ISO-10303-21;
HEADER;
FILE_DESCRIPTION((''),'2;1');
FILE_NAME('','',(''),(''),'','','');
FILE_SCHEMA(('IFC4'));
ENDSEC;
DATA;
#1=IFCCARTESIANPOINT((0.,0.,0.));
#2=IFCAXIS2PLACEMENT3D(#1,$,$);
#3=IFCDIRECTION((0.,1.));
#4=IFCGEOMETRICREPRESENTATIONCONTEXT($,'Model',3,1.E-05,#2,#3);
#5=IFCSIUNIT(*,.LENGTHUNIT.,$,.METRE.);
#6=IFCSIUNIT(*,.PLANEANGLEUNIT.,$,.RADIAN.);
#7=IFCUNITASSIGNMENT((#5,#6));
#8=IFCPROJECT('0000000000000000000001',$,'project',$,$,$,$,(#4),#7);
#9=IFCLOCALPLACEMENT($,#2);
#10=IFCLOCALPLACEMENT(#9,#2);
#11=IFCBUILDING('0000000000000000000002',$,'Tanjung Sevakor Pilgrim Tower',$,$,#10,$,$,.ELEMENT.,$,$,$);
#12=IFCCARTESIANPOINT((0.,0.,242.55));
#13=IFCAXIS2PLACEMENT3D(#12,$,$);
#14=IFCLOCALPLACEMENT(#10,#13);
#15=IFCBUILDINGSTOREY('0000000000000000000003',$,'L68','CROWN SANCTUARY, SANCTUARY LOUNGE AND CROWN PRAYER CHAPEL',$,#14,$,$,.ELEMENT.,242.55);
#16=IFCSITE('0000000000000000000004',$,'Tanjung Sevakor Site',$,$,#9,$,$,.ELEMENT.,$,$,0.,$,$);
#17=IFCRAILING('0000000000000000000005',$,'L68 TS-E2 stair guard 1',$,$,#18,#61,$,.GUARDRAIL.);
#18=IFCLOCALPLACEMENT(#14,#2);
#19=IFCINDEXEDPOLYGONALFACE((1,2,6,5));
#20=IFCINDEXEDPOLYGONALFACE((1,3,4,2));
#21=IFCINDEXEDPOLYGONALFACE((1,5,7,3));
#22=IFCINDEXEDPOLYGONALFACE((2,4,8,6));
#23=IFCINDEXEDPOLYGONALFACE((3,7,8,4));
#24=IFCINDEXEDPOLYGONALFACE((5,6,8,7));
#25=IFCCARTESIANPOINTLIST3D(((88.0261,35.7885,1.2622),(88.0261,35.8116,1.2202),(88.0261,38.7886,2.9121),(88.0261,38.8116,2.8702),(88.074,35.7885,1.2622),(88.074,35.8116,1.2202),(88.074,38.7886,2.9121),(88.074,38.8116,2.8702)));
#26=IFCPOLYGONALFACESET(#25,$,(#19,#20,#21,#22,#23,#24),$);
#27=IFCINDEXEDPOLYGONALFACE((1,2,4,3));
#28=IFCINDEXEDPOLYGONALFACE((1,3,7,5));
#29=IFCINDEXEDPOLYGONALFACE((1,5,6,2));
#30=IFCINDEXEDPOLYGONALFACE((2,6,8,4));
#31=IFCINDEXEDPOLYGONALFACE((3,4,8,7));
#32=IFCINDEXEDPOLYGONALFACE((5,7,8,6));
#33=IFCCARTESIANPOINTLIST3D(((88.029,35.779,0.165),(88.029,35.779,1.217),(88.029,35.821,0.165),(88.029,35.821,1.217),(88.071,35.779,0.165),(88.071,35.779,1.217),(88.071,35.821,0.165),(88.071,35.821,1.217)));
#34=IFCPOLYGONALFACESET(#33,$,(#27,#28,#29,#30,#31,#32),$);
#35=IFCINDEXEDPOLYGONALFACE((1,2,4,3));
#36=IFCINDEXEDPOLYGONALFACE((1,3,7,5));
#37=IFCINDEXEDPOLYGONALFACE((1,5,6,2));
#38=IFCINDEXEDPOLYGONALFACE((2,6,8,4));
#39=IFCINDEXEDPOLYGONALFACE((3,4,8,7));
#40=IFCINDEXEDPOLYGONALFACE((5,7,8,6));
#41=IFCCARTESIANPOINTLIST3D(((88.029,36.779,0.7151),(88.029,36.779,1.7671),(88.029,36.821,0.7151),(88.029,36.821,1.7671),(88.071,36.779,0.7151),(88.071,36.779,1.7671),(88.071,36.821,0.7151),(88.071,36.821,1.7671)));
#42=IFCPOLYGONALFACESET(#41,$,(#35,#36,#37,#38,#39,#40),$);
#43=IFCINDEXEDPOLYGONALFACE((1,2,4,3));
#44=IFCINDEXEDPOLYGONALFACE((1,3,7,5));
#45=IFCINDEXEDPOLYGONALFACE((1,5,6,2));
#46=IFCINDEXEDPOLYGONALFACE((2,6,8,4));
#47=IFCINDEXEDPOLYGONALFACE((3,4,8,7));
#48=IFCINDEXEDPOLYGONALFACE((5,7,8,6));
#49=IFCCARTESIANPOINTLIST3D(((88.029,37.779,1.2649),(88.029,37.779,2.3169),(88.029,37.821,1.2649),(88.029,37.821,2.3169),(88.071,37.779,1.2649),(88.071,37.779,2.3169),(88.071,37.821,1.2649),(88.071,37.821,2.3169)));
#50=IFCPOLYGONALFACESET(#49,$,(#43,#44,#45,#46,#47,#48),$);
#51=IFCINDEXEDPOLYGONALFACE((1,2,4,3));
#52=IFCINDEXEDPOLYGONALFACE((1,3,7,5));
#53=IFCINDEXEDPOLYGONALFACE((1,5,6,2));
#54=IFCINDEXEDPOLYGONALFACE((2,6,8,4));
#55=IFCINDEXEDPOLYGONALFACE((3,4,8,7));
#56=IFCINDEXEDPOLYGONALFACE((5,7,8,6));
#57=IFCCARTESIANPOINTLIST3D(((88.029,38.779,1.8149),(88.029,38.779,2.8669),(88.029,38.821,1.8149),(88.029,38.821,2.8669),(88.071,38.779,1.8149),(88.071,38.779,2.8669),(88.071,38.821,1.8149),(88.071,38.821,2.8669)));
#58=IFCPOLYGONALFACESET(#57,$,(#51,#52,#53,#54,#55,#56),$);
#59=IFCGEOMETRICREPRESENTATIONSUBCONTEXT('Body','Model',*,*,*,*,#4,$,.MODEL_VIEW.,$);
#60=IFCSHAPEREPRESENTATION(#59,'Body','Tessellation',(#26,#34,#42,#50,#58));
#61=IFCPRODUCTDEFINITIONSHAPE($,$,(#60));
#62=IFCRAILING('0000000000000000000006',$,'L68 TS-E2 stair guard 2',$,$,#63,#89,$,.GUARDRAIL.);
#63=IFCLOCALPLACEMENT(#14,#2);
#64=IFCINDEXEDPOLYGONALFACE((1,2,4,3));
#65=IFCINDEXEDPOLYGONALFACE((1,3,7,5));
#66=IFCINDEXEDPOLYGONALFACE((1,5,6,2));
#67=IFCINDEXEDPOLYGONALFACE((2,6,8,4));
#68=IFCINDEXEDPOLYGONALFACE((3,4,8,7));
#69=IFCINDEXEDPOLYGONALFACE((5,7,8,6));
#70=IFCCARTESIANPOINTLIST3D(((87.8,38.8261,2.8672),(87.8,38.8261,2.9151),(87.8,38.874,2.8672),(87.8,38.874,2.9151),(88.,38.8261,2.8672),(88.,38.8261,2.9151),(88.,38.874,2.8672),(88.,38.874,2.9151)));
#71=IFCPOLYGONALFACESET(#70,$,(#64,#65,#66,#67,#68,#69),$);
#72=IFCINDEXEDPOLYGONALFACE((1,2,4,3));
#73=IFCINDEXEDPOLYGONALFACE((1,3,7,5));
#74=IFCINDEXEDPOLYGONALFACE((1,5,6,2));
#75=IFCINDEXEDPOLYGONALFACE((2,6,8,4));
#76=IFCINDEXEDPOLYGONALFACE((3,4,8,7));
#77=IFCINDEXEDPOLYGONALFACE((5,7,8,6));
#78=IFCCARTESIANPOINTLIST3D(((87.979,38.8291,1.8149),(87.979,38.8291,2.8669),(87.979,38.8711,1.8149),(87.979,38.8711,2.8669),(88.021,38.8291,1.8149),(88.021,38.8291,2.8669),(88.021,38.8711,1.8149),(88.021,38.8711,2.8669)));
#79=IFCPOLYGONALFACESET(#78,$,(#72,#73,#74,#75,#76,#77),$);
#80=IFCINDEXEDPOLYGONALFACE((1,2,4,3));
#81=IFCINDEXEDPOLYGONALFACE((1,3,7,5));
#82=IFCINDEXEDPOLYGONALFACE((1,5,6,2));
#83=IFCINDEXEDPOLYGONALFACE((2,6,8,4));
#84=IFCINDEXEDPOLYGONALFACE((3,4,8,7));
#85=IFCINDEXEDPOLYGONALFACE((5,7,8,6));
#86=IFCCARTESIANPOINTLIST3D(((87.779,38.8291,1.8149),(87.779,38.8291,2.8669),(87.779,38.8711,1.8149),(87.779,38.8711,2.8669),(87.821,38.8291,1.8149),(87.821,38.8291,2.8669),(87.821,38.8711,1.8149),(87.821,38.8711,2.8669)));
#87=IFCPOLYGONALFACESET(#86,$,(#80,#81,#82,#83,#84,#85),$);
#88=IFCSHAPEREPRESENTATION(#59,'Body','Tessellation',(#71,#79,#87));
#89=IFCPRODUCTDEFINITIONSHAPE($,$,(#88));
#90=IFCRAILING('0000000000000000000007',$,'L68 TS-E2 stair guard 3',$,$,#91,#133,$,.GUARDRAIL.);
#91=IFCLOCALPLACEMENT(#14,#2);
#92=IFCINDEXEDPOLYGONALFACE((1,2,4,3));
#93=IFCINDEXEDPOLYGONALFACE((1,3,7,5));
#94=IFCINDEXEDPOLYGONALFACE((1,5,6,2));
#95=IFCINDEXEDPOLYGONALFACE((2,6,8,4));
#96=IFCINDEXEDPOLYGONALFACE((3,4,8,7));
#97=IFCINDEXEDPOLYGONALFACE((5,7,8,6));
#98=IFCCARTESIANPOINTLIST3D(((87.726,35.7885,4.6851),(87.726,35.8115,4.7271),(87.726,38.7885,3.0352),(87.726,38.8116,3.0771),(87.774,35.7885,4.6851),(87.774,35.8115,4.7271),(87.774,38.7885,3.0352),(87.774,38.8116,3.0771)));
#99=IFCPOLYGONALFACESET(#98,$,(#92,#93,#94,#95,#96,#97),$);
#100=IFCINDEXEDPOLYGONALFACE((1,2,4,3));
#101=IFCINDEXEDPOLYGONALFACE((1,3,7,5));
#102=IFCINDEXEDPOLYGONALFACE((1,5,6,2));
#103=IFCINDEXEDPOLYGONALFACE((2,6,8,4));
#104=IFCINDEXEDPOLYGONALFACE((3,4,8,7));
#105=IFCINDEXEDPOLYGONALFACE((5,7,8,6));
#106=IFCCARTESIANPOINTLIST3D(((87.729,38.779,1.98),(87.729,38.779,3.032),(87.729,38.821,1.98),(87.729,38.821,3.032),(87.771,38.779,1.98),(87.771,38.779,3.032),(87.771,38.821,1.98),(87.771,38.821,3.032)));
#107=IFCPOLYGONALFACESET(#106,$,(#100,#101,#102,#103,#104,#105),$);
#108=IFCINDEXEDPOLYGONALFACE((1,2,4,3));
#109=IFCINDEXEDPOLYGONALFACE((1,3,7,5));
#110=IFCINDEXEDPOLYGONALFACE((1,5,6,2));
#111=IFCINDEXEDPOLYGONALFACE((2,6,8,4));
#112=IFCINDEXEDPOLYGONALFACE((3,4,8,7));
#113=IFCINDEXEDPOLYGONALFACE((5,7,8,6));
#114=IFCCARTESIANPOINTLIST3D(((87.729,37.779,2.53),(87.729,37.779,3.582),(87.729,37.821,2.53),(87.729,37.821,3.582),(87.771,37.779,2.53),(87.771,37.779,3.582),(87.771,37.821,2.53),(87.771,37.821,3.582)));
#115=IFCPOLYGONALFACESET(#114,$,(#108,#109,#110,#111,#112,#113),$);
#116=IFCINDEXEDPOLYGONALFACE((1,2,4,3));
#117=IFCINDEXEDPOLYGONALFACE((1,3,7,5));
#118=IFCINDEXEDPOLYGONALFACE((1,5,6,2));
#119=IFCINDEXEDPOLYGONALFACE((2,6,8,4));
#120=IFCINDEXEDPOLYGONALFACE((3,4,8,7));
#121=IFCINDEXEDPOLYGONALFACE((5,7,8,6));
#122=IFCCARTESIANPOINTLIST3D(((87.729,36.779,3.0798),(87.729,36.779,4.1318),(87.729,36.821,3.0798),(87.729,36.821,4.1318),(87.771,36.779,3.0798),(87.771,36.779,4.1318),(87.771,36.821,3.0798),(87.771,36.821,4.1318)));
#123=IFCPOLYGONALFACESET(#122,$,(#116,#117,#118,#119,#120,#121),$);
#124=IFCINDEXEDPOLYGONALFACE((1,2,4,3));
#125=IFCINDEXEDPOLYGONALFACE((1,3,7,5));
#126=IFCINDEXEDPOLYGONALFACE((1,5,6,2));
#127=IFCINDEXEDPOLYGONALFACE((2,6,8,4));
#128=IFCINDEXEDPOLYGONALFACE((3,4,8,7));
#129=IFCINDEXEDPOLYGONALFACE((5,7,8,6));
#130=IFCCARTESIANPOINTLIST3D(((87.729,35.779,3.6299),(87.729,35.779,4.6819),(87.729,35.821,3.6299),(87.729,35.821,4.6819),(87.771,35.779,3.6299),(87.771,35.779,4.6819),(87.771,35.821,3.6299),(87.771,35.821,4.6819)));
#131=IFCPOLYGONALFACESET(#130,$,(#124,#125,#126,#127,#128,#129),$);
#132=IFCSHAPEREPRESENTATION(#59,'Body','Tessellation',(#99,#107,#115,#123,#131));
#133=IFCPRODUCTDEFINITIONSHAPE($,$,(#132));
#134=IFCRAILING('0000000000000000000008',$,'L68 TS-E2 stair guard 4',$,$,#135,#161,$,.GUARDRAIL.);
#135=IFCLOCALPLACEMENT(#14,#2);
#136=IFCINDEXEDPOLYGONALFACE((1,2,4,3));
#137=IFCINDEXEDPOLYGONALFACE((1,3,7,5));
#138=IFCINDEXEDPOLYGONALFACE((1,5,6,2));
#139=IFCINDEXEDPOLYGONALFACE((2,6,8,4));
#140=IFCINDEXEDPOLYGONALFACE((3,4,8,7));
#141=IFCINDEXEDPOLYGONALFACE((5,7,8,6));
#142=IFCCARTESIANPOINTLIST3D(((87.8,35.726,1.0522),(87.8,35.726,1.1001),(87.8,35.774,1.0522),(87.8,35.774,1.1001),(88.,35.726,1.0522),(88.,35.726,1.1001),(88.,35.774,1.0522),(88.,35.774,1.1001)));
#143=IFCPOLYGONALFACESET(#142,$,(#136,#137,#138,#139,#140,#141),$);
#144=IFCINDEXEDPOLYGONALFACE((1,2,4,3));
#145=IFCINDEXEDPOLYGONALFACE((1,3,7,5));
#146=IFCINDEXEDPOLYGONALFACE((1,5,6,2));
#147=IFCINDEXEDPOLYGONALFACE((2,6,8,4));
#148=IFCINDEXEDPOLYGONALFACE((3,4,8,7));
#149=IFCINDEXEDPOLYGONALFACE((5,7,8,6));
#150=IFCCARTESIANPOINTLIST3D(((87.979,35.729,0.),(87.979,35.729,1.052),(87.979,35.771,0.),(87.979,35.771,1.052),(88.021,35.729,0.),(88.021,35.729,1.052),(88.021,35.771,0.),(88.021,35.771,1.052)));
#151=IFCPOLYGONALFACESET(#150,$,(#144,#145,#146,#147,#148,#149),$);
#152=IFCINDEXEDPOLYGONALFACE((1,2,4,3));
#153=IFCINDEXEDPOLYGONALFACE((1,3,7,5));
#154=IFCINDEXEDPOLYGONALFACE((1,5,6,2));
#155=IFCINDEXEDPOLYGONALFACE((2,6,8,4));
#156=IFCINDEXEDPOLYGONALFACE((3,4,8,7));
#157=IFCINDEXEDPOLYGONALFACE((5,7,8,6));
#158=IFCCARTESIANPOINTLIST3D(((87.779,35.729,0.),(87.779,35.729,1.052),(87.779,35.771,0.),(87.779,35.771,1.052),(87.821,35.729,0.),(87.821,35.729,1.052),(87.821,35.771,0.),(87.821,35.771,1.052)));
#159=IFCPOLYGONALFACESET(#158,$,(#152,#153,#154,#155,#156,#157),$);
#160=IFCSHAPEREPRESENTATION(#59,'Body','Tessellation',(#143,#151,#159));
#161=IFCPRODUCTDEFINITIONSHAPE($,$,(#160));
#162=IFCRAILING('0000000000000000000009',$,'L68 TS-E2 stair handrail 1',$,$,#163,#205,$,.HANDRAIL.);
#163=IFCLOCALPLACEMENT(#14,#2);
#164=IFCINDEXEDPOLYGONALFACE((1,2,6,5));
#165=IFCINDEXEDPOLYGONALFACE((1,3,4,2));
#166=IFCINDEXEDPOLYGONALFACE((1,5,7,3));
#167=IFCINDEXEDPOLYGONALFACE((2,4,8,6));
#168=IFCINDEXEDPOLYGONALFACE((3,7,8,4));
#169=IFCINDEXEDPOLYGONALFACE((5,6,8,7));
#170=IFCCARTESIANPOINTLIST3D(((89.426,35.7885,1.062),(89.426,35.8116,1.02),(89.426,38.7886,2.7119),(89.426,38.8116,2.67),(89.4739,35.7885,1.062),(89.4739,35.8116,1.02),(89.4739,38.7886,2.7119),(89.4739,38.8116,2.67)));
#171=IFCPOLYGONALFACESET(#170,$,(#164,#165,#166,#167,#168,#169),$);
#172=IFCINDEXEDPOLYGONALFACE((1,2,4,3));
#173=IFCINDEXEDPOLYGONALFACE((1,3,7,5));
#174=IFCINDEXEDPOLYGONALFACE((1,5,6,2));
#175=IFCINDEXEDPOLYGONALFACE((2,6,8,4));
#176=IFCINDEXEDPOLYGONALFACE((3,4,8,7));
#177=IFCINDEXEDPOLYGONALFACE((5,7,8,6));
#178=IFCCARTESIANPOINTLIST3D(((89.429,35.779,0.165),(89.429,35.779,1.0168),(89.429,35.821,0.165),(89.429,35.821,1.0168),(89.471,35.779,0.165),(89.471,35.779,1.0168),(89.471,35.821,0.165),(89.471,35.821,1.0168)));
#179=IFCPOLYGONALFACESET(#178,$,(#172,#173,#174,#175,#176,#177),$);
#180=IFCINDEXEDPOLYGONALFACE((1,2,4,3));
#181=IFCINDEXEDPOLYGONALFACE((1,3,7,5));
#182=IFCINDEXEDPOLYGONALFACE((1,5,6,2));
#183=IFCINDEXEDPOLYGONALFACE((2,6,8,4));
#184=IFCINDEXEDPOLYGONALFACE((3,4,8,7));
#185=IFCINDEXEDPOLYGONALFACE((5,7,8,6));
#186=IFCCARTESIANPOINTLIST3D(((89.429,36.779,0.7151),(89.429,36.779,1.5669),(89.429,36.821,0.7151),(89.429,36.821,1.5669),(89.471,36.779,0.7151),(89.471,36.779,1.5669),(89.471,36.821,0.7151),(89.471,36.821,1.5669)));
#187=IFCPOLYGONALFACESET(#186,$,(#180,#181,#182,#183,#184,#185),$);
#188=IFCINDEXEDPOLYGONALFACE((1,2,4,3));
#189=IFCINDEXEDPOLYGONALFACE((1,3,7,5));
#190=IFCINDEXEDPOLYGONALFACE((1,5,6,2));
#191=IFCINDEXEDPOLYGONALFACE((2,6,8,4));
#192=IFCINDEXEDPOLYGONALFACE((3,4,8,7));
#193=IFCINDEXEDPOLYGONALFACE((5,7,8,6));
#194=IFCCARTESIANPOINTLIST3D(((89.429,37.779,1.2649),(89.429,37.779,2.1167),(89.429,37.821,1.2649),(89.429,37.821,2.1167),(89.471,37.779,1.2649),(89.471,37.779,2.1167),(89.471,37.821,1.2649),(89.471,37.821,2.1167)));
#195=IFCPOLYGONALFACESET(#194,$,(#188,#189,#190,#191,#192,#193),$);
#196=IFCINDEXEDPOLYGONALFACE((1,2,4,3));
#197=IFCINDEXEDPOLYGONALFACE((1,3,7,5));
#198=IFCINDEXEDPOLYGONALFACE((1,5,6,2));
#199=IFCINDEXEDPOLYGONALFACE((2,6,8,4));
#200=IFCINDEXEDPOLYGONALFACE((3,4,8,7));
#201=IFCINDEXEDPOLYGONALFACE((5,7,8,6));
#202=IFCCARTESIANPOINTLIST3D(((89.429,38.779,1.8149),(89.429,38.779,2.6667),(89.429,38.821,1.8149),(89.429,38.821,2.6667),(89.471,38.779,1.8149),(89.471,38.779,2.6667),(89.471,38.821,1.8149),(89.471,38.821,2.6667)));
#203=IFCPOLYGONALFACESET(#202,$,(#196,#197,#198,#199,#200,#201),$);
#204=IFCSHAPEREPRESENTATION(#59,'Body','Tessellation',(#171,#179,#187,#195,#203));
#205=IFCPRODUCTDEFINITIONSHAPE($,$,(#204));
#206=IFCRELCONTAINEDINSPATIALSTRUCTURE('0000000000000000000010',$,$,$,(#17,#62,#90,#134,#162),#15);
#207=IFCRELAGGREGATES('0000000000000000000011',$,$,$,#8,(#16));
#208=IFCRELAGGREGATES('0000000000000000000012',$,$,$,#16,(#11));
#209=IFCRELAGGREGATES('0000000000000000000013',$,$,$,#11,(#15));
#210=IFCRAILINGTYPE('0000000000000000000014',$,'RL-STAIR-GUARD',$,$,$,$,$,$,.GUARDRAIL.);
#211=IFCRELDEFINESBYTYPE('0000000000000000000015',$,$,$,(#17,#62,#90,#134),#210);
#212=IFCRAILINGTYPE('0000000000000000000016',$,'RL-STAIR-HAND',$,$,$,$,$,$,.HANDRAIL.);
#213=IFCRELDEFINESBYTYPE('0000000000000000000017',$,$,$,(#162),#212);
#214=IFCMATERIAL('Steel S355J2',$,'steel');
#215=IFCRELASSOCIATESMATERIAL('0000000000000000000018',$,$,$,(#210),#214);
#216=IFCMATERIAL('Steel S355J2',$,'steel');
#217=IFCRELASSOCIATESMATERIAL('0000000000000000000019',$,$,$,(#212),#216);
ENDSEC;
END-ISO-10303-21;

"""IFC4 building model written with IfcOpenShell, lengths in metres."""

from ifc_helpers import new_model, si_unit, direction, frame, origin, place, context, subcontext, project, spatial, rectangle, extrude, material, type_object, element, save


model = new_model("IFC4")

# Units and contexts
model_context = context("Model", 3, precision=1e-05, world=origin(), true_north=direction((0.0, 1.0)))
body_context = subcontext(model_context, "Body", "Model", "MODEL_VIEW")
ifc_project = project(units=[si_unit("LENGTHUNIT", "METRE"), si_unit("PLANEANGLEUNIT", "RADIAN")], contexts=[model_context])

# Site, building, storey
site_placement = place(None, origin())
site = spatial("IfcSite", under=ifc_project, at=site_placement, Name="Tanjung Sevakor Site", CompositionType="ELEMENT", RefElevation=0.0)
building_placement = place(site_placement, origin())
building = spatial("IfcBuilding", under=site, at=building_placement, Name="Tanjung Sevakor Pilgrim Tower", CompositionType="ELEMENT")
storey_placement = place(building_placement, frame((0.0, 0.0, 242.55)))
storey = spatial("IfcBuildingStorey", under=building, at=storey_placement, Name="L68", Description="CROWN SANCTUARY, SANCTUARY LOUNGE AND CROWN PRAYER CHAPEL", CompositionType="ELEMENT", Elevation=242.55)

# Railings
ifc_material_1 = material(Name="Steel S355J2", Category="steel")
railing_type_1 = type_object("IfcRailingType", Name="RL-STAIR-GUARD", PredefinedType="GUARDRAIL", material=ifc_material_1)
railing_1_placement = place(storey_placement, frame((88.05, 35.8, 0.165)))
element("IfcRailing", 1, at=railing_1_placement, inside=storey, type_object=railing_type_1, Name="L68 TS-E2 stair guard 1", PredefinedType="GUARDRAIL", context=body_context, shape_type="SweptSolid", body=[
    extrude(rectangle(XDim=0.0479, YDim=0.0479), frame((0.0, 0.0, 1.0762), z_axis=(0.0, 0.876228, 0.481897), x_axis=(-1.0, 0.0, 0.0)), (0.0, 0.0, 1.0), 3.4238),
    extrude(rectangle(XDim=0.042, YDim=0.042), origin(), (0.0, 0.0, 1.0), 1.052),
    extrude(rectangle(XDim=0.042, YDim=0.042), frame((0.0, 1.0, 0.55)), (0.0, 0.0, 1.0), 1.052),
    extrude(rectangle(XDim=0.042, YDim=0.042), frame((0.0, 2.0, 1.0999)), (0.0, 0.0, 1.0), 1.052),
    extrude(rectangle(XDim=0.042, YDim=0.042), frame((0.0, 3.0, 1.6499)), (0.0, 0.0, 1.0), 1.052),
])
railing_2_placement = place(storey_placement, frame((88.0, 38.8501, 1.8149)))
element("IfcRailing", 2, at=railing_2_placement, inside=storey, type_object=railing_type_1, Name="L68 TS-E2 stair guard 2", PredefinedType="GUARDRAIL", context=body_context, shape_type="SweptSolid", body=[
    extrude(rectangle(XDim=0.0479, YDim=0.0479), frame((0.0, 0.0, 1.0762), z_axis=(-1.0, 0.0, 0.0), x_axis=(0.0, -1.0, 0.0)), (0.0, 0.0, 1.0), 0.2),
    extrude(rectangle(XDim=0.042, YDim=0.042), origin(), (0.0, 0.0, 1.0), 1.052),
    extrude(rectangle(XDim=0.042, YDim=0.042), frame((-0.2, 0.0, 0.0)), (0.0, 0.0, 1.0), 1.052),
])
railing_3_placement = place(storey_placement, frame((87.75, 38.8, 1.98)))
element("IfcRailing", 3, at=railing_3_placement, inside=storey, type_object=railing_type_1, Name="L68 TS-E2 stair guard 3", PredefinedType="GUARDRAIL", context=body_context, shape_type="SweptSolid", body=[
    extrude(rectangle(XDim=0.0479, YDim=0.0479), frame((0.0, 0.0, 1.0762), z_axis=(0.0, -0.876228, 0.481897), x_axis=(1.0, 0.0, 0.0)), (0.0, 0.0, 1.0), 3.4238),
    extrude(rectangle(XDim=0.042, YDim=0.042), origin(), (0.0, 0.0, 1.0), 1.052),
    extrude(rectangle(XDim=0.042, YDim=0.042), frame((0.0, -1.0, 0.55)), (0.0, 0.0, 1.0), 1.052),
    extrude(rectangle(XDim=0.042, YDim=0.042), frame((0.0, -2.0, 1.0999)), (0.0, 0.0, 1.0), 1.052),
    extrude(rectangle(XDim=0.042, YDim=0.042), frame((0.0, -3.0, 1.6499)), (0.0, 0.0, 1.0), 1.052),
])
railing_4_placement = place(storey_placement, frame((88.0, 35.75, 0.0)))
element("IfcRailing", 4, at=railing_4_placement, inside=storey, type_object=railing_type_1, Name="L68 TS-E2 stair guard 4", PredefinedType="GUARDRAIL", context=body_context, shape_type="SweptSolid", body=[
    extrude(rectangle(XDim=0.0479, YDim=0.0479), frame((0.0, 0.0, 1.0762), z_axis=(-1.0, 0.0, 0.0), x_axis=(0.0, -1.0, 0.0)), (0.0, 0.0, 1.0), 0.2),
    extrude(rectangle(XDim=0.042, YDim=0.042), origin(), (0.0, 0.0, 1.0), 1.052),
    extrude(rectangle(XDim=0.042, YDim=0.042), frame((-0.2, 0.0, 0.0)), (0.0, 0.0, 1.0), 1.052),
])
ifc_material_2 = material(Name="Steel S355J2", Category="steel")
railing_type_2 = type_object("IfcRailingType", Name="RL-STAIR-HAND", PredefinedType="HANDRAIL", material=ifc_material_2)
railing_5_placement = place(storey_placement, frame((89.45, 35.8, 0.165)))
element("IfcRailing", 5, at=railing_5_placement, inside=storey, type_object=railing_type_2, Name="L68 TS-E2 stair handrail 1", PredefinedType="HANDRAIL", context=body_context, shape_type="SweptSolid", body=[
    extrude(rectangle(XDim=0.0479, YDim=0.0479), frame((0.0, 0.0, 0.876), z_axis=(0.0, 0.876228, 0.481897), x_axis=(-1.0, 0.0, 0.0)), (0.0, 0.0, 1.0), 3.4238),
    extrude(rectangle(XDim=0.042, YDim=0.042), origin(), (0.0, 0.0, 1.0), 0.8518),
    extrude(rectangle(XDim=0.042, YDim=0.042), frame((0.0, 1.0, 0.55)), (0.0, 0.0, 1.0), 0.8518),
    extrude(rectangle(XDim=0.042, YDim=0.042), frame((0.0, 2.0, 1.0999)), (0.0, 0.0, 1.0), 0.8518),
    extrude(rectangle(XDim=0.042, YDim=0.042), frame((0.0, 3.0, 1.6499)), (0.0, 0.0, 1.0), 0.8518),
])

save(model, "model.ifc")
